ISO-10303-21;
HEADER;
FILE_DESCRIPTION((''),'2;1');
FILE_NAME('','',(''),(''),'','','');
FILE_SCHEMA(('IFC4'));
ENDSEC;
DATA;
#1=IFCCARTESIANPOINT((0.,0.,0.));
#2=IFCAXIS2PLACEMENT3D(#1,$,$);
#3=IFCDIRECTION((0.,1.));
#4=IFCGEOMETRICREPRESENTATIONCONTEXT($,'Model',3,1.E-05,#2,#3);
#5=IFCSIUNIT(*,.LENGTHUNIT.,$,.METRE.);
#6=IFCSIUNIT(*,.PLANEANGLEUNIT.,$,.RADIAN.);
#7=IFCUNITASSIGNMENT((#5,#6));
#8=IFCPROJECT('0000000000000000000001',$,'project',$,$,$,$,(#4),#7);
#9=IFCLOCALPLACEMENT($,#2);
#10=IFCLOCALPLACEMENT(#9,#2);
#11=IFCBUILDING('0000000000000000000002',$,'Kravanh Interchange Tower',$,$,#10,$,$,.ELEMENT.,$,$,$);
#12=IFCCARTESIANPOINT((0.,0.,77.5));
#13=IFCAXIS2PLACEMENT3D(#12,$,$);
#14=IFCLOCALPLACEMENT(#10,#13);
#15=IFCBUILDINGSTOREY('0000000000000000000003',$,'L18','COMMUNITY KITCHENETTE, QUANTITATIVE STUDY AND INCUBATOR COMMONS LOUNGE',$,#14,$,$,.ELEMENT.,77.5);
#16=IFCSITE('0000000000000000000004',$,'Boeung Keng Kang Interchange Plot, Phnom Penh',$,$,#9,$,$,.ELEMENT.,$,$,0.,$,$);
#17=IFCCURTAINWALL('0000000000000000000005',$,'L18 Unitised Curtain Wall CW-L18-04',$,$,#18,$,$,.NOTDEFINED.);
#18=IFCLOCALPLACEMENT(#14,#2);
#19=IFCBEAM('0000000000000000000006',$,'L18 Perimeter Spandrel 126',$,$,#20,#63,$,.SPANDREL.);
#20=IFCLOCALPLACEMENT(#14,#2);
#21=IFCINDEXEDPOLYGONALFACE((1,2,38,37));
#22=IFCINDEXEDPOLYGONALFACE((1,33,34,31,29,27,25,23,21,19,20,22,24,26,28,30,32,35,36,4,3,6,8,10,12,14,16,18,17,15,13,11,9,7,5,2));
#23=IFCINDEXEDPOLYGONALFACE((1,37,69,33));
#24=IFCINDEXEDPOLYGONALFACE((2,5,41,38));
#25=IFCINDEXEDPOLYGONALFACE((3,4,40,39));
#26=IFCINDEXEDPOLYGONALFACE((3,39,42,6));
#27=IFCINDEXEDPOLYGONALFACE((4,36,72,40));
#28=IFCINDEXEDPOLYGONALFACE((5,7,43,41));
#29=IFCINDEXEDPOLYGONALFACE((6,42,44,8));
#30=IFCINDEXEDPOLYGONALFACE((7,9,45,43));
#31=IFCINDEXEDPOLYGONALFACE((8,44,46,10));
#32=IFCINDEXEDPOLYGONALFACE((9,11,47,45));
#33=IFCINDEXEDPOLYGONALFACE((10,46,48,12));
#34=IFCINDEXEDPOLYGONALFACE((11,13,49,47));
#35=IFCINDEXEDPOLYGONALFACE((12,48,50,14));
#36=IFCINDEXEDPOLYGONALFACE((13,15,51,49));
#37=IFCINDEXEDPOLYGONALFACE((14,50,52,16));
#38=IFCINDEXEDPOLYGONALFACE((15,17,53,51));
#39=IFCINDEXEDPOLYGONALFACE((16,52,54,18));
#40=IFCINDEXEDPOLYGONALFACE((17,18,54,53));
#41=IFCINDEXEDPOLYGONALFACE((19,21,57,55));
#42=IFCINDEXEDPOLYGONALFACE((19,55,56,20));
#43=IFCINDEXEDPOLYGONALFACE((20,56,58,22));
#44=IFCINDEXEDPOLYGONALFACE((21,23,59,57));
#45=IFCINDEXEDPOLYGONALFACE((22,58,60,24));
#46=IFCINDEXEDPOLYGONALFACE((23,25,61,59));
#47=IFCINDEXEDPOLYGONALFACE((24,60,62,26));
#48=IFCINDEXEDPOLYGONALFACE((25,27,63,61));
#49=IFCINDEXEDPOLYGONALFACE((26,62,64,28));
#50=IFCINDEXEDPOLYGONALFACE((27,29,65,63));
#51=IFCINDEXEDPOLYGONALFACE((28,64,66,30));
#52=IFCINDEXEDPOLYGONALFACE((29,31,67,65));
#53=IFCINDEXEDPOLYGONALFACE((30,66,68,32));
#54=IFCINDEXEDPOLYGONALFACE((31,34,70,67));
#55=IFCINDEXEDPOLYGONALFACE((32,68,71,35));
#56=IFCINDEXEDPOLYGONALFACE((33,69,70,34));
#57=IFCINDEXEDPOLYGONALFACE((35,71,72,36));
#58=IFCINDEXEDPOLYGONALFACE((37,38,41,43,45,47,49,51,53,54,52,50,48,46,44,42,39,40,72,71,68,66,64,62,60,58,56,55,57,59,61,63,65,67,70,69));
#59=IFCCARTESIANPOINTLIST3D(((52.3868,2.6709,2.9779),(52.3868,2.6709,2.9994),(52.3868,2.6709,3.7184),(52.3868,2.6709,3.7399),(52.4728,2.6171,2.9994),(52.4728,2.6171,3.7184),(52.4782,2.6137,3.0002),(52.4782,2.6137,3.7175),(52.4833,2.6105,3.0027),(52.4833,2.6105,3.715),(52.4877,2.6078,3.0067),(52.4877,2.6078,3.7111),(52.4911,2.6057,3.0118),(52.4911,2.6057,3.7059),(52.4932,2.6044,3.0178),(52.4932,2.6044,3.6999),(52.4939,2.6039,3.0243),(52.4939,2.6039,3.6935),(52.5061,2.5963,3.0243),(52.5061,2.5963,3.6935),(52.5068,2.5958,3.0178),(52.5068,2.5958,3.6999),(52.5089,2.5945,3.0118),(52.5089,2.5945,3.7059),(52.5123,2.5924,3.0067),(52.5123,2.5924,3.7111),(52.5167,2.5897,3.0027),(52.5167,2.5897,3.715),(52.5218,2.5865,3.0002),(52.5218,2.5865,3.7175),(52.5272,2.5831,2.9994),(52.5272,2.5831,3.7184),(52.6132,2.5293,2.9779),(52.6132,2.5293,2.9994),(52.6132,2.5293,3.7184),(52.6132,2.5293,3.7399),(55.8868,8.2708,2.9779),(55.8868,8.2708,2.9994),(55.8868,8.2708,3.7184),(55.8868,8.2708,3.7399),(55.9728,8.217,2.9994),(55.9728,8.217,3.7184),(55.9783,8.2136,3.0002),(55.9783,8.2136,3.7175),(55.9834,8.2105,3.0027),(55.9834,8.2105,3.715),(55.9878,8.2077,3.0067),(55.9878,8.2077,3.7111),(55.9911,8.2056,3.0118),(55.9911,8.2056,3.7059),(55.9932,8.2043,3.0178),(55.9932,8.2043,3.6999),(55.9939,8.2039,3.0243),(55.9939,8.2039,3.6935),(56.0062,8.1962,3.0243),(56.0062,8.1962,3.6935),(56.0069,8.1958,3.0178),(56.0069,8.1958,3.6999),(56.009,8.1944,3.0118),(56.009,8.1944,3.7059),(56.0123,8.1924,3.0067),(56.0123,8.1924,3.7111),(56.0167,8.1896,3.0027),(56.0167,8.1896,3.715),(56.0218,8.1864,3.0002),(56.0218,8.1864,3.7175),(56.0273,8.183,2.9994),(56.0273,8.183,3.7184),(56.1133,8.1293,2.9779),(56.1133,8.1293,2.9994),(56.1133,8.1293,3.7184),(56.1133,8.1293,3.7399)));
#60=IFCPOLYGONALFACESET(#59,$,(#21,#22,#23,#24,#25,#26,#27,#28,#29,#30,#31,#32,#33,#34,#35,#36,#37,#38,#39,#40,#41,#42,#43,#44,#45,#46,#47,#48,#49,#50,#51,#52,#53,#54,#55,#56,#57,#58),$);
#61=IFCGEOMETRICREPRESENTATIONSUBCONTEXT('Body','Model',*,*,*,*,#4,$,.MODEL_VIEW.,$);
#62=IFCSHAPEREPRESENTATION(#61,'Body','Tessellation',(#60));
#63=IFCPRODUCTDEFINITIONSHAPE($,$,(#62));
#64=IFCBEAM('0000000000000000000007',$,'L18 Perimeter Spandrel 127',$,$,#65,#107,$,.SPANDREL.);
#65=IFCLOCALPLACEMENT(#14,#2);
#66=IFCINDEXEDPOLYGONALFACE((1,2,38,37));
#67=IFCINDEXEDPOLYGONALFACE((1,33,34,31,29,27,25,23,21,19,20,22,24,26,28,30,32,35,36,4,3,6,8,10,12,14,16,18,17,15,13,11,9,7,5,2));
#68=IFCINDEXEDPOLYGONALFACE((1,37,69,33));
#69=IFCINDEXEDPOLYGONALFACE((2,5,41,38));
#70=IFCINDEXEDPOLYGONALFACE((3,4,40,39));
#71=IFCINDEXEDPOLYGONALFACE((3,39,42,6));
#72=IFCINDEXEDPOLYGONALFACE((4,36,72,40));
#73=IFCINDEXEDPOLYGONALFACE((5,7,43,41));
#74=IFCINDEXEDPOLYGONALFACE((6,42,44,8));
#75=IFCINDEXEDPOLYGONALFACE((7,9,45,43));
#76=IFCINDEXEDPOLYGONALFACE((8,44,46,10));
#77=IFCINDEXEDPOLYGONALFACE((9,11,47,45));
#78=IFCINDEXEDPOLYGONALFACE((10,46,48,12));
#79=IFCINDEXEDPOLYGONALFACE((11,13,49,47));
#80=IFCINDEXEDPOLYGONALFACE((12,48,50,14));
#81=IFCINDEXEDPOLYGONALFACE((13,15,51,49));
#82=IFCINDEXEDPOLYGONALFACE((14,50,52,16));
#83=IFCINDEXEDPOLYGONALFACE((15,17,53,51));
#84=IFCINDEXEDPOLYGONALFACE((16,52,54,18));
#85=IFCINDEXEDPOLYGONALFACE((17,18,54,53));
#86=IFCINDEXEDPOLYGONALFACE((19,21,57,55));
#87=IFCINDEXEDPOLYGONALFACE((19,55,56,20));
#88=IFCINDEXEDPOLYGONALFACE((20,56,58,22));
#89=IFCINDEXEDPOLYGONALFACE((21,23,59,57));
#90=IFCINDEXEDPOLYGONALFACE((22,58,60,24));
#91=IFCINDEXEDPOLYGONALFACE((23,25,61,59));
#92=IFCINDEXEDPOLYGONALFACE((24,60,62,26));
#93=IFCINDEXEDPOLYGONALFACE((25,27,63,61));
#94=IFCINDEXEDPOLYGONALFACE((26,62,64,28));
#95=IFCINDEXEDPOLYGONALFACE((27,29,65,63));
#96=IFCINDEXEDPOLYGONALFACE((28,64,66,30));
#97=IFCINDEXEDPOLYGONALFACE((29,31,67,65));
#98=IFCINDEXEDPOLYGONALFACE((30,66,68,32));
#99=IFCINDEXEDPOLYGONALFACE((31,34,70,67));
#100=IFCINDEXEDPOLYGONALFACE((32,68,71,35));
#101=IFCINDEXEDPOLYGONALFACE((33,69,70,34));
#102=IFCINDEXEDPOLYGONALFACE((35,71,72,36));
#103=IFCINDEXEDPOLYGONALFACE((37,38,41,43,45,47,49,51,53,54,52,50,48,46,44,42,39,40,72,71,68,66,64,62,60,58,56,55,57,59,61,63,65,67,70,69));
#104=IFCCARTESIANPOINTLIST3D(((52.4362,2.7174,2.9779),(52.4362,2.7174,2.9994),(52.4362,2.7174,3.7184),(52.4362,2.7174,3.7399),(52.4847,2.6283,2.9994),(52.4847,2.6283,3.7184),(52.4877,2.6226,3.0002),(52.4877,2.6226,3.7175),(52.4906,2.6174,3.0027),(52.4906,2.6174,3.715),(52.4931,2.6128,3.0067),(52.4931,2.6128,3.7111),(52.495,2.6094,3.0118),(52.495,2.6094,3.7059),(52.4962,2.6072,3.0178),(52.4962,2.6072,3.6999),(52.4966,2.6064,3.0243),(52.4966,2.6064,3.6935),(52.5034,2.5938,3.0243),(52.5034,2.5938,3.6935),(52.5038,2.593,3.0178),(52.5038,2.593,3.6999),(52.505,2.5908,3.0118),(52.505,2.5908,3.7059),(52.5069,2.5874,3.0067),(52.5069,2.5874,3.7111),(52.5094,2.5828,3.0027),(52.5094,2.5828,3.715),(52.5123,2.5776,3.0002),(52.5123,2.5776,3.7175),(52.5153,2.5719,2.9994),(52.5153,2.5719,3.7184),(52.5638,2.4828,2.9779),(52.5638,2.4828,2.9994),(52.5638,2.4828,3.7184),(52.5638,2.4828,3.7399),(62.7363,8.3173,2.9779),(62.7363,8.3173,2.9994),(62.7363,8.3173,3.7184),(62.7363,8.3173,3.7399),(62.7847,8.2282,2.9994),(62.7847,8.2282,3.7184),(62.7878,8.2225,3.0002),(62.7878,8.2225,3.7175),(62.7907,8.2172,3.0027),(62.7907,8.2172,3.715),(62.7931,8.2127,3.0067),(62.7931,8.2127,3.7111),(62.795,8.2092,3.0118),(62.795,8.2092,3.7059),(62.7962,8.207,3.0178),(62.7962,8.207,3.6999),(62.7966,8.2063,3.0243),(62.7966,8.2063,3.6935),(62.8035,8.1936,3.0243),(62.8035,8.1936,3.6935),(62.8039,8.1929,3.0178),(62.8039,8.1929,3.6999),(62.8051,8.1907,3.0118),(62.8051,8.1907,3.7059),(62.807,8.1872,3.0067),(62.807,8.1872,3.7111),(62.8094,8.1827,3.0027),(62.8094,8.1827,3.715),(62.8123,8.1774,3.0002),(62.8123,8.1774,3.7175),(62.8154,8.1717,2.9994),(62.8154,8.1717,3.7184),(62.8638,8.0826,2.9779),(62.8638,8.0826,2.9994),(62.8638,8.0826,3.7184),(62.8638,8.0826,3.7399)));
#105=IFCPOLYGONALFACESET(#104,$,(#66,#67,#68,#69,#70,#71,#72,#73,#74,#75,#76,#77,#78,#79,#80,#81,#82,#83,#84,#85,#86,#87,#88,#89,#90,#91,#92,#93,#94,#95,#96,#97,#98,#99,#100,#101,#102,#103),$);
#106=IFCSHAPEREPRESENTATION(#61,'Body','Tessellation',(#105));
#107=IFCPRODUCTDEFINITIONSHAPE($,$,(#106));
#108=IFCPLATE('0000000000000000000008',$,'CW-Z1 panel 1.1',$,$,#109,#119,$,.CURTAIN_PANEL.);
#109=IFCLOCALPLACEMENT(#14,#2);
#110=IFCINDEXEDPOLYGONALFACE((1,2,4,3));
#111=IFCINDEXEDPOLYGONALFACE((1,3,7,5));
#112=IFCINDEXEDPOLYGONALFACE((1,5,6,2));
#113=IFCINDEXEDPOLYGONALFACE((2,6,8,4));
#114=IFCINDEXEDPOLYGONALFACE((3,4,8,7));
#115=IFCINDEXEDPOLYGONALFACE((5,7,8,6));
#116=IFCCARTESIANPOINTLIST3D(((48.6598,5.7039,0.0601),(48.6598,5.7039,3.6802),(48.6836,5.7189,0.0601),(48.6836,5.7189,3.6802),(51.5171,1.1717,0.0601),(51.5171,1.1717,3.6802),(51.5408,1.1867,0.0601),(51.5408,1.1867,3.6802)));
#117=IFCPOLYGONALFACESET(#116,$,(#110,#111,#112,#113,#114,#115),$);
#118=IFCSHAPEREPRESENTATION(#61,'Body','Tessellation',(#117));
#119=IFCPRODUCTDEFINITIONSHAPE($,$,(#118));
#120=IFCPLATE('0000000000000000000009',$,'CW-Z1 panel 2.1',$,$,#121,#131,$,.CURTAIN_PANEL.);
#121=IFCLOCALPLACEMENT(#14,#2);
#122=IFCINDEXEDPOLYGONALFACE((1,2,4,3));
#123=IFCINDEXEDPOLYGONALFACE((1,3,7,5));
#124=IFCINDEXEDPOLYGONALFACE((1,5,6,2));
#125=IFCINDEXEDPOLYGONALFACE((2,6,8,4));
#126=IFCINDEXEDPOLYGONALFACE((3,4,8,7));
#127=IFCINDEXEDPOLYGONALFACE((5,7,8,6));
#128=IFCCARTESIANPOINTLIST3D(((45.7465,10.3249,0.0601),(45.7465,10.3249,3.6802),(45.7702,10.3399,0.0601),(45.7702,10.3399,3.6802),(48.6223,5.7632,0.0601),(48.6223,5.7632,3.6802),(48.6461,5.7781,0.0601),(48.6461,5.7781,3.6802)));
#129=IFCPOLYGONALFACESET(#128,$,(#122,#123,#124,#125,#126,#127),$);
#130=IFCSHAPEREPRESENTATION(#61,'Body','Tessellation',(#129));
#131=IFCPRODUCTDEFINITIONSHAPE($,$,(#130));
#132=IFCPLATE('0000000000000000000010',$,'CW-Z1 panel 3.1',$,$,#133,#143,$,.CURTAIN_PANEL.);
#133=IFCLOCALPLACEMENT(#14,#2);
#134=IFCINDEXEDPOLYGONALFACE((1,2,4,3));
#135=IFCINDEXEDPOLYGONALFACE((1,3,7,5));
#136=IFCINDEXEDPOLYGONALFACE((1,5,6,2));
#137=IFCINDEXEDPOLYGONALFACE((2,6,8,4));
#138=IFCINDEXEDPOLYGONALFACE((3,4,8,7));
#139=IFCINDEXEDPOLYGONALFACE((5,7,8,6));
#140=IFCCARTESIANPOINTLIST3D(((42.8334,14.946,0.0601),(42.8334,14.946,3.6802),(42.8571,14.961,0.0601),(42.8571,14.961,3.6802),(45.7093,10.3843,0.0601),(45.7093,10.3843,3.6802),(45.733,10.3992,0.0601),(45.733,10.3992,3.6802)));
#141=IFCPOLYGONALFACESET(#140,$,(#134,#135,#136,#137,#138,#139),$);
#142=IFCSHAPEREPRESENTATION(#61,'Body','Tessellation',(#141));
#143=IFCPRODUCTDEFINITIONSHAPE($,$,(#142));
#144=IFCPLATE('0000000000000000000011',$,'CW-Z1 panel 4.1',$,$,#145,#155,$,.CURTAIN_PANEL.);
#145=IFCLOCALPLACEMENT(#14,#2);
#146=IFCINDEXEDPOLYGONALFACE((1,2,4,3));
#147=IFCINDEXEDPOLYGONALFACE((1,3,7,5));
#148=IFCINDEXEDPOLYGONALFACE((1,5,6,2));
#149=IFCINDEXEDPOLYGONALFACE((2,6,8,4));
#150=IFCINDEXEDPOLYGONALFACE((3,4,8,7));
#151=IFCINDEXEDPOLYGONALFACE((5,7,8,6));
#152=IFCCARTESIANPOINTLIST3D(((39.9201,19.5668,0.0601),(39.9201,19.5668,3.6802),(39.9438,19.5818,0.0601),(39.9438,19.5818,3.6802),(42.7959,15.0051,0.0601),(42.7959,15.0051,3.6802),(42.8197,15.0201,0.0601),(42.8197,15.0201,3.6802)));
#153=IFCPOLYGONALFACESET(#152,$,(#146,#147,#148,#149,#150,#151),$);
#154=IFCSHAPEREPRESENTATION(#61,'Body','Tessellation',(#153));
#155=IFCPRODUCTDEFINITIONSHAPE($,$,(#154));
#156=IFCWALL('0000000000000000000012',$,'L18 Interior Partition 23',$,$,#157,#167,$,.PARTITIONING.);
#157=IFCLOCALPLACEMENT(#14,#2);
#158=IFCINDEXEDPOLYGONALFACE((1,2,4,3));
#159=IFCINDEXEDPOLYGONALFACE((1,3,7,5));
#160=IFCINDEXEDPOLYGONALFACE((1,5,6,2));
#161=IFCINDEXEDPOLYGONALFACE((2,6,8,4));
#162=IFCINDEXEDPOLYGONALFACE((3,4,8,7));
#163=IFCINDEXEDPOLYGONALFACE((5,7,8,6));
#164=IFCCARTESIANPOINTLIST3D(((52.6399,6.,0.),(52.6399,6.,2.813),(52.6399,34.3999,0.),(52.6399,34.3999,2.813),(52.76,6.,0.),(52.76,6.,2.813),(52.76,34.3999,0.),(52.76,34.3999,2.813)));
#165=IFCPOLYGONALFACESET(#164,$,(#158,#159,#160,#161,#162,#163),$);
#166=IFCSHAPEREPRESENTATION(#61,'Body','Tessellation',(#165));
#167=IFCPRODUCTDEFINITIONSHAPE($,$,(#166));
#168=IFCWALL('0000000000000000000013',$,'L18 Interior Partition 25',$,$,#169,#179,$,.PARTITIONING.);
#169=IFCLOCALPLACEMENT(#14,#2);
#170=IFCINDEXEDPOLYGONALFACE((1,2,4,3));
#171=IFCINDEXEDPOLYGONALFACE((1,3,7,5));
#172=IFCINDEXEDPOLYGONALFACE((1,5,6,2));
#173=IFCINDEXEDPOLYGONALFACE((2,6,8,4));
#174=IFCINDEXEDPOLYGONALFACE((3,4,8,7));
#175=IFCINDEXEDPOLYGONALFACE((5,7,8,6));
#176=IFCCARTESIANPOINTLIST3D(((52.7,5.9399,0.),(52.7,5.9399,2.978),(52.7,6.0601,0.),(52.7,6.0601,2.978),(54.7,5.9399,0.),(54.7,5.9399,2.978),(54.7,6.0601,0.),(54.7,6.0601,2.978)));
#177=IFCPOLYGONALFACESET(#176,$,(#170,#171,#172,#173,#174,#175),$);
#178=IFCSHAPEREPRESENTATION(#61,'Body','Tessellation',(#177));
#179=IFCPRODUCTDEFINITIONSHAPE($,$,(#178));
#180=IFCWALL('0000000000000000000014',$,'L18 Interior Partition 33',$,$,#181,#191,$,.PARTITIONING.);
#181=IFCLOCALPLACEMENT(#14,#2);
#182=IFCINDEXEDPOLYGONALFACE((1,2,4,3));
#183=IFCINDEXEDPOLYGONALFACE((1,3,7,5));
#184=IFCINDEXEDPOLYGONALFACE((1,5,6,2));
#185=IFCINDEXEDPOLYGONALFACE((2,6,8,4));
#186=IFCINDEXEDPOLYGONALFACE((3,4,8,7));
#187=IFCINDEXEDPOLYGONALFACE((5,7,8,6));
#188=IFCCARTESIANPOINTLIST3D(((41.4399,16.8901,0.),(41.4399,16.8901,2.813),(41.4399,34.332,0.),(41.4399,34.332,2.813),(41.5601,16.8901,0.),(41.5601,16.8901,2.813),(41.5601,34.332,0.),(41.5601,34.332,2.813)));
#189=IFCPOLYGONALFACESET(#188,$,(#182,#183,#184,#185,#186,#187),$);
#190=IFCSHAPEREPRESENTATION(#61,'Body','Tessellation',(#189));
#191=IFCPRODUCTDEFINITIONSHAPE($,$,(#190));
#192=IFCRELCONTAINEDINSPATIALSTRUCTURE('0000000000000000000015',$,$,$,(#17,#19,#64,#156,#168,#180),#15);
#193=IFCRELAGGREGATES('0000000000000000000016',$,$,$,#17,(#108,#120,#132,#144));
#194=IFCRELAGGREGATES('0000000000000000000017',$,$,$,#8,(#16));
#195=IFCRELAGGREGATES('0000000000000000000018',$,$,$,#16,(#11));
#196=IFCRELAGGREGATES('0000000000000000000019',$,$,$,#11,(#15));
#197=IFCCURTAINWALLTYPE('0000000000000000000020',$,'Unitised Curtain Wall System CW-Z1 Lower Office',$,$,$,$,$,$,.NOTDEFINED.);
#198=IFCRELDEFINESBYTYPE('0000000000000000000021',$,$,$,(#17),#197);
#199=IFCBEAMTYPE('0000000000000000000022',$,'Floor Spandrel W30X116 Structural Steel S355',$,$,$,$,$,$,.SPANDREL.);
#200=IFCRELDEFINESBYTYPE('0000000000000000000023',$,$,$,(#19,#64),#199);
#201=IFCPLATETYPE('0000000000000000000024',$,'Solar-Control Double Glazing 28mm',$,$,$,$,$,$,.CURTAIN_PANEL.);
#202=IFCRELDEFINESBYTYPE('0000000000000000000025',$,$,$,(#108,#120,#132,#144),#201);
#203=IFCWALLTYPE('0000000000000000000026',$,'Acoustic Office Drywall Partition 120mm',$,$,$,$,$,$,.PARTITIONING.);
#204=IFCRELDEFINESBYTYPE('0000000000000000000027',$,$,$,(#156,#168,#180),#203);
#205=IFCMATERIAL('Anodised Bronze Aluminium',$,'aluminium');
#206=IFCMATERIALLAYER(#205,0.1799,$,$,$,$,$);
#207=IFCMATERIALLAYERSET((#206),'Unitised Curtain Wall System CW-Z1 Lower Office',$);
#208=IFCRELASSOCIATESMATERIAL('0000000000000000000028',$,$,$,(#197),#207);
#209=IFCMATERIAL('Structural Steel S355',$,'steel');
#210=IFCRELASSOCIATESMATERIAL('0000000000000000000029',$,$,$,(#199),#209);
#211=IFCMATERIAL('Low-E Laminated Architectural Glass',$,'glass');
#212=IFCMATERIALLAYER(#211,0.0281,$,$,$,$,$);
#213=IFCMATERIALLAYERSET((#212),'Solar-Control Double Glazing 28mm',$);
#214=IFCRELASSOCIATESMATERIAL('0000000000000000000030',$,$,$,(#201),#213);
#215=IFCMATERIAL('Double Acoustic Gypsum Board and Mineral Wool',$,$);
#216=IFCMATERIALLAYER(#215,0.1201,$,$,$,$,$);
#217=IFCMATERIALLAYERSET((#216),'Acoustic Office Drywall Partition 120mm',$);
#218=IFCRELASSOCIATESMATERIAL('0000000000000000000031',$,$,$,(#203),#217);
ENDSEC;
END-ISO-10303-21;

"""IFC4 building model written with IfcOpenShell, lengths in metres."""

from ifc_helpers import new_model, si_unit, direction, frame, frame_2d, origin, origin_2d, place, context, subcontext, project, spatial, rectangle, i_section, extrude, material, layer, layer_set, material_profile, profile_set, type_object, element, aggregate, save


model = new_model("IFC4")

# Units and contexts
model_context = context("Model", 3, precision=1e-05, world=origin(), true_north=direction((0.0, 1.0)))
body_context = subcontext(model_context, "Body", "Model", "MODEL_VIEW")
ifc_project = project(units=[si_unit("LENGTHUNIT", "METRE"), si_unit("PLANEANGLEUNIT", "RADIAN")], contexts=[model_context])

# Site, building, storey
site_placement = place(None, origin())
site = spatial("IfcSite", under=ifc_project, at=site_placement, Name="Boeung Keng Kang Interchange Plot, Phnom Penh", CompositionType="ELEMENT", RefElevation=0.0)
building_placement = place(site_placement, origin())
building = spatial("IfcBuilding", under=site, at=building_placement, Name="Kravanh Interchange Tower", CompositionType="ELEMENT")
storey_placement = place(building_placement, frame((0.0, 0.0, 77.5)))
storey = spatial("IfcBuildingStorey", under=building, at=storey_placement, Name="L18", Description="COMMUNITY KITCHENETTE, QUANTITATIVE STUDY AND INCUBATOR COMMONS LOUNGE", CompositionType="ELEMENT", Elevation=77.5)

# Shared definitions
ifc_material_1 = material(Name="Anodised Bronze Aluminium", Category="aluminium")
ifc_layer_1 = layer(ifc_material_1, 0.1799)
ifc_layer_set_1 = layer_set([ifc_layer_1], Name="Unitised Curtain Wall System CW-Z1 Lower Office")
curtain_wall_type = type_object("IfcCurtainWallType", Name="Unitised Curtain Wall System CW-Z1 Lower Office", PredefinedType="NOTDEFINED", material=ifc_layer_set_1)

# Curtain wall
curtain_wall_1_placement = place(storey_placement, origin())
curtain_wall_1 = element("IfcCurtainWall", 1, at=curtain_wall_1_placement, inside=storey, type_object=curtain_wall_type, Name="L18 Unitised Curtain Wall CW-L18-04", PredefinedType="NOTDEFINED")

# Beams
ifc_material_2 = material(Name="Structural Steel S355", Category="steel")
ifc_material_profile_1 = material_profile(ifc_material_2, i_section(OverallWidth=0.2671, OverallDepth=0.762, WebThickness=0.0144, FlangeThickness=0.0215, FilletRadius=0.0249, at=origin_2d()), Name="W30X116")
ifc_profile_set_1 = profile_set([ifc_material_profile_1], Name="Structural Steel S355")
beam_type = type_object("IfcBeamType", Name="Floor Spandrel W30X116 Structural Steel S355", PredefinedType="SPANDREL", material=ifc_profile_set_1)
beam_1_placement = place(storey_placement, frame((52.5, 2.6001, 3.3589), z_axis=(0.530009, 0.847992, 0.0), x_axis=(-0.847992, 0.530009, 0.0)))
element("IfcBeam", 2, at=beam_1_placement, inside=storey, type_object=beam_type, Name="L18 Perimeter Spandrel 126", PredefinedType="SPANDREL", context=body_context, shape_type="SweptSolid", body=[
    extrude(i_section(OverallWidth=0.2671, OverallDepth=0.762, WebThickness=0.0144, FlangeThickness=0.0215, FilletRadius=0.0249, at=origin_2d()), origin(), (0.0, 0.0, 1.0), 6.6038),
])
beam_2_placement = place(storey_placement, frame((52.5, 2.6001, 3.3589), z_axis=(0.878553, 0.477645, 0.0), x_axis=(-0.477645, 0.878553, 0.0)))
element("IfcBeam", 3, at=beam_2_placement, inside=storey, type_object=beam_type, Name="L18 Perimeter Spandrel 127", PredefinedType="SPANDREL", context=body_context, shape_type="SweptSolid", body=[
    extrude(i_section(OverallWidth=0.2671, OverallDepth=0.762, WebThickness=0.0144, FlangeThickness=0.0215, FilletRadius=0.0249, at=origin_2d()), origin(), (0.0, 0.0, 1.0), 11.7239),
])

# Plates
ifc_material_3 = material(Name="Low-E Laminated Architectural Glass", Category="glass")
ifc_layer_2 = layer(ifc_material_3, 0.0281)
ifc_layer_set_2 = layer_set([ifc_layer_2], Name="Solar-Control Double Glazing 28mm")
plate_type = type_object("IfcPlateType", Name="Solar-Control Double Glazing 28mm", PredefinedType="CURTAIN_PANEL", material=ifc_layer_set_2)
plate_1_placement = place(storey_placement, frame((50.1003, 3.4453, 0.0601), z_axis=(0.0, 0.0, 1.0), x_axis=(-0.533301, 0.845926, 0.0)))
plate_1 = element("IfcPlate", 4, at=plate_1_placement, type_object=plate_type, Name="CW-Z1 panel 1.1", PredefinedType="CURTAIN_PANEL", context=body_context, shape_type="SweptSolid", body=[
    extrude(rectangle(XDim=5.3577, YDim=0.0281, at=origin_2d()), origin(), (0.0, 0.0, 1.0), 3.6201),
])
plate_2_placement = place(storey_placement, frame((47.1963, 8.0515, 0.0601), z_axis=(0.0, 0.0, 1.0), x_axis=(-0.533301, 0.845926, 0.0)))
plate_2 = element("IfcPlate", 5, at=plate_2_placement, type_object=plate_type, Name="CW-Z1 panel 2.1", PredefinedType="CURTAIN_PANEL", context=body_context, shape_type="SweptSolid", body=[
    extrude(rectangle(XDim=5.3926, YDim=0.0281, at=origin_2d()), origin(), (0.0, 0.0, 1.0), 3.6201),
])
plate_3_placement = place(storey_placement, frame((44.2832, 12.6726, 0.0601), z_axis=(0.0, 0.0, 1.0), x_axis=(-0.533301, 0.845926, 0.0)))
plate_3 = element("IfcPlate", 6, at=plate_3_placement, type_object=plate_type, Name="CW-Z1 panel 3.1", PredefinedType="CURTAIN_PANEL", context=body_context, shape_type="SweptSolid", body=[
    extrude(rectangle(XDim=5.3926, YDim=0.0281, at=origin_2d()), origin(), (0.0, 0.0, 1.0), 3.6201),
])
plate_4_placement = place(storey_placement, frame((41.3699, 17.2935, 0.0601), z_axis=(0.0, 0.0, 1.0), x_axis=(-0.533301, 0.845926, 0.0)))
plate_4 = element("IfcPlate", 7, at=plate_4_placement, type_object=plate_type, Name="CW-Z1 panel 4.1", PredefinedType="CURTAIN_PANEL", context=body_context, shape_type="SweptSolid", body=[
    extrude(rectangle(XDim=5.3926, YDim=0.0281, at=origin_2d()), origin(), (0.0, 0.0, 1.0), 3.6201),
])
aggregate(curtain_wall_1, [plate_1, plate_2, plate_3, plate_4])

# Walls
ifc_material_4 = material(Name="Double Acoustic Gypsum Board and Mineral Wool")
ifc_layer_3 = layer(ifc_material_4, 0.1201)
ifc_layer_set_3 = layer_set([ifc_layer_3], Name="Acoustic Office Drywall Partition 120mm")
wall_type = type_object("IfcWallType", Name="Acoustic Office Drywall Partition 120mm", PredefinedType="PARTITIONING", material=ifc_layer_set_3)
wall_1_placement = place(storey_placement, frame((52.7, 6.0, 0.0), z_axis=(0.0, 0.0, 1.0), x_axis=(0.0, 1.0, 0.0)))
element("IfcWall", 8, at=wall_1_placement, inside=storey, type_object=wall_type, Name="L18 Interior Partition 23", PredefinedType="PARTITIONING", context=body_context, shape_type="SweptSolid", body=[
    extrude(rectangle(XDim=28.3999, YDim=0.1201, at=frame_2d((14.2, 0.0))), origin(), (0.0, 0.0, 1.0), 2.813),
])
wall_2_placement = place(storey_placement, frame((52.7, 6.0, 0.0), z_axis=(0.0, 0.0, 1.0), x_axis=(1.0, 0.0, 0.0)))
element("IfcWall", 9, at=wall_2_placement, inside=storey, type_object=wall_type, Name="L18 Interior Partition 25", PredefinedType="PARTITIONING", context=body_context, shape_type="SweptSolid", body=[
    extrude(rectangle(XDim=2.0, YDim=0.1201, at=frame_2d((1.0, 0.0))), origin(), (0.0, 0.0, 1.0), 2.978),
])
wall_3_placement = place(storey_placement, frame((41.5, 16.8901, 0.0), z_axis=(0.0, 0.0, 1.0), x_axis=(0.0, 1.0, 0.0)))
element("IfcWall", 10, at=wall_3_placement, inside=storey, type_object=wall_type, Name="L18 Interior Partition 33", PredefinedType="PARTITIONING", context=body_context, shape_type="SweptSolid", body=[
    extrude(rectangle(XDim=17.4419, YDim=0.1201, at=frame_2d((8.7209, 0.0))), origin(), (0.0, 0.0, 1.0), 2.813),
])

save(model, "model.ifc")
